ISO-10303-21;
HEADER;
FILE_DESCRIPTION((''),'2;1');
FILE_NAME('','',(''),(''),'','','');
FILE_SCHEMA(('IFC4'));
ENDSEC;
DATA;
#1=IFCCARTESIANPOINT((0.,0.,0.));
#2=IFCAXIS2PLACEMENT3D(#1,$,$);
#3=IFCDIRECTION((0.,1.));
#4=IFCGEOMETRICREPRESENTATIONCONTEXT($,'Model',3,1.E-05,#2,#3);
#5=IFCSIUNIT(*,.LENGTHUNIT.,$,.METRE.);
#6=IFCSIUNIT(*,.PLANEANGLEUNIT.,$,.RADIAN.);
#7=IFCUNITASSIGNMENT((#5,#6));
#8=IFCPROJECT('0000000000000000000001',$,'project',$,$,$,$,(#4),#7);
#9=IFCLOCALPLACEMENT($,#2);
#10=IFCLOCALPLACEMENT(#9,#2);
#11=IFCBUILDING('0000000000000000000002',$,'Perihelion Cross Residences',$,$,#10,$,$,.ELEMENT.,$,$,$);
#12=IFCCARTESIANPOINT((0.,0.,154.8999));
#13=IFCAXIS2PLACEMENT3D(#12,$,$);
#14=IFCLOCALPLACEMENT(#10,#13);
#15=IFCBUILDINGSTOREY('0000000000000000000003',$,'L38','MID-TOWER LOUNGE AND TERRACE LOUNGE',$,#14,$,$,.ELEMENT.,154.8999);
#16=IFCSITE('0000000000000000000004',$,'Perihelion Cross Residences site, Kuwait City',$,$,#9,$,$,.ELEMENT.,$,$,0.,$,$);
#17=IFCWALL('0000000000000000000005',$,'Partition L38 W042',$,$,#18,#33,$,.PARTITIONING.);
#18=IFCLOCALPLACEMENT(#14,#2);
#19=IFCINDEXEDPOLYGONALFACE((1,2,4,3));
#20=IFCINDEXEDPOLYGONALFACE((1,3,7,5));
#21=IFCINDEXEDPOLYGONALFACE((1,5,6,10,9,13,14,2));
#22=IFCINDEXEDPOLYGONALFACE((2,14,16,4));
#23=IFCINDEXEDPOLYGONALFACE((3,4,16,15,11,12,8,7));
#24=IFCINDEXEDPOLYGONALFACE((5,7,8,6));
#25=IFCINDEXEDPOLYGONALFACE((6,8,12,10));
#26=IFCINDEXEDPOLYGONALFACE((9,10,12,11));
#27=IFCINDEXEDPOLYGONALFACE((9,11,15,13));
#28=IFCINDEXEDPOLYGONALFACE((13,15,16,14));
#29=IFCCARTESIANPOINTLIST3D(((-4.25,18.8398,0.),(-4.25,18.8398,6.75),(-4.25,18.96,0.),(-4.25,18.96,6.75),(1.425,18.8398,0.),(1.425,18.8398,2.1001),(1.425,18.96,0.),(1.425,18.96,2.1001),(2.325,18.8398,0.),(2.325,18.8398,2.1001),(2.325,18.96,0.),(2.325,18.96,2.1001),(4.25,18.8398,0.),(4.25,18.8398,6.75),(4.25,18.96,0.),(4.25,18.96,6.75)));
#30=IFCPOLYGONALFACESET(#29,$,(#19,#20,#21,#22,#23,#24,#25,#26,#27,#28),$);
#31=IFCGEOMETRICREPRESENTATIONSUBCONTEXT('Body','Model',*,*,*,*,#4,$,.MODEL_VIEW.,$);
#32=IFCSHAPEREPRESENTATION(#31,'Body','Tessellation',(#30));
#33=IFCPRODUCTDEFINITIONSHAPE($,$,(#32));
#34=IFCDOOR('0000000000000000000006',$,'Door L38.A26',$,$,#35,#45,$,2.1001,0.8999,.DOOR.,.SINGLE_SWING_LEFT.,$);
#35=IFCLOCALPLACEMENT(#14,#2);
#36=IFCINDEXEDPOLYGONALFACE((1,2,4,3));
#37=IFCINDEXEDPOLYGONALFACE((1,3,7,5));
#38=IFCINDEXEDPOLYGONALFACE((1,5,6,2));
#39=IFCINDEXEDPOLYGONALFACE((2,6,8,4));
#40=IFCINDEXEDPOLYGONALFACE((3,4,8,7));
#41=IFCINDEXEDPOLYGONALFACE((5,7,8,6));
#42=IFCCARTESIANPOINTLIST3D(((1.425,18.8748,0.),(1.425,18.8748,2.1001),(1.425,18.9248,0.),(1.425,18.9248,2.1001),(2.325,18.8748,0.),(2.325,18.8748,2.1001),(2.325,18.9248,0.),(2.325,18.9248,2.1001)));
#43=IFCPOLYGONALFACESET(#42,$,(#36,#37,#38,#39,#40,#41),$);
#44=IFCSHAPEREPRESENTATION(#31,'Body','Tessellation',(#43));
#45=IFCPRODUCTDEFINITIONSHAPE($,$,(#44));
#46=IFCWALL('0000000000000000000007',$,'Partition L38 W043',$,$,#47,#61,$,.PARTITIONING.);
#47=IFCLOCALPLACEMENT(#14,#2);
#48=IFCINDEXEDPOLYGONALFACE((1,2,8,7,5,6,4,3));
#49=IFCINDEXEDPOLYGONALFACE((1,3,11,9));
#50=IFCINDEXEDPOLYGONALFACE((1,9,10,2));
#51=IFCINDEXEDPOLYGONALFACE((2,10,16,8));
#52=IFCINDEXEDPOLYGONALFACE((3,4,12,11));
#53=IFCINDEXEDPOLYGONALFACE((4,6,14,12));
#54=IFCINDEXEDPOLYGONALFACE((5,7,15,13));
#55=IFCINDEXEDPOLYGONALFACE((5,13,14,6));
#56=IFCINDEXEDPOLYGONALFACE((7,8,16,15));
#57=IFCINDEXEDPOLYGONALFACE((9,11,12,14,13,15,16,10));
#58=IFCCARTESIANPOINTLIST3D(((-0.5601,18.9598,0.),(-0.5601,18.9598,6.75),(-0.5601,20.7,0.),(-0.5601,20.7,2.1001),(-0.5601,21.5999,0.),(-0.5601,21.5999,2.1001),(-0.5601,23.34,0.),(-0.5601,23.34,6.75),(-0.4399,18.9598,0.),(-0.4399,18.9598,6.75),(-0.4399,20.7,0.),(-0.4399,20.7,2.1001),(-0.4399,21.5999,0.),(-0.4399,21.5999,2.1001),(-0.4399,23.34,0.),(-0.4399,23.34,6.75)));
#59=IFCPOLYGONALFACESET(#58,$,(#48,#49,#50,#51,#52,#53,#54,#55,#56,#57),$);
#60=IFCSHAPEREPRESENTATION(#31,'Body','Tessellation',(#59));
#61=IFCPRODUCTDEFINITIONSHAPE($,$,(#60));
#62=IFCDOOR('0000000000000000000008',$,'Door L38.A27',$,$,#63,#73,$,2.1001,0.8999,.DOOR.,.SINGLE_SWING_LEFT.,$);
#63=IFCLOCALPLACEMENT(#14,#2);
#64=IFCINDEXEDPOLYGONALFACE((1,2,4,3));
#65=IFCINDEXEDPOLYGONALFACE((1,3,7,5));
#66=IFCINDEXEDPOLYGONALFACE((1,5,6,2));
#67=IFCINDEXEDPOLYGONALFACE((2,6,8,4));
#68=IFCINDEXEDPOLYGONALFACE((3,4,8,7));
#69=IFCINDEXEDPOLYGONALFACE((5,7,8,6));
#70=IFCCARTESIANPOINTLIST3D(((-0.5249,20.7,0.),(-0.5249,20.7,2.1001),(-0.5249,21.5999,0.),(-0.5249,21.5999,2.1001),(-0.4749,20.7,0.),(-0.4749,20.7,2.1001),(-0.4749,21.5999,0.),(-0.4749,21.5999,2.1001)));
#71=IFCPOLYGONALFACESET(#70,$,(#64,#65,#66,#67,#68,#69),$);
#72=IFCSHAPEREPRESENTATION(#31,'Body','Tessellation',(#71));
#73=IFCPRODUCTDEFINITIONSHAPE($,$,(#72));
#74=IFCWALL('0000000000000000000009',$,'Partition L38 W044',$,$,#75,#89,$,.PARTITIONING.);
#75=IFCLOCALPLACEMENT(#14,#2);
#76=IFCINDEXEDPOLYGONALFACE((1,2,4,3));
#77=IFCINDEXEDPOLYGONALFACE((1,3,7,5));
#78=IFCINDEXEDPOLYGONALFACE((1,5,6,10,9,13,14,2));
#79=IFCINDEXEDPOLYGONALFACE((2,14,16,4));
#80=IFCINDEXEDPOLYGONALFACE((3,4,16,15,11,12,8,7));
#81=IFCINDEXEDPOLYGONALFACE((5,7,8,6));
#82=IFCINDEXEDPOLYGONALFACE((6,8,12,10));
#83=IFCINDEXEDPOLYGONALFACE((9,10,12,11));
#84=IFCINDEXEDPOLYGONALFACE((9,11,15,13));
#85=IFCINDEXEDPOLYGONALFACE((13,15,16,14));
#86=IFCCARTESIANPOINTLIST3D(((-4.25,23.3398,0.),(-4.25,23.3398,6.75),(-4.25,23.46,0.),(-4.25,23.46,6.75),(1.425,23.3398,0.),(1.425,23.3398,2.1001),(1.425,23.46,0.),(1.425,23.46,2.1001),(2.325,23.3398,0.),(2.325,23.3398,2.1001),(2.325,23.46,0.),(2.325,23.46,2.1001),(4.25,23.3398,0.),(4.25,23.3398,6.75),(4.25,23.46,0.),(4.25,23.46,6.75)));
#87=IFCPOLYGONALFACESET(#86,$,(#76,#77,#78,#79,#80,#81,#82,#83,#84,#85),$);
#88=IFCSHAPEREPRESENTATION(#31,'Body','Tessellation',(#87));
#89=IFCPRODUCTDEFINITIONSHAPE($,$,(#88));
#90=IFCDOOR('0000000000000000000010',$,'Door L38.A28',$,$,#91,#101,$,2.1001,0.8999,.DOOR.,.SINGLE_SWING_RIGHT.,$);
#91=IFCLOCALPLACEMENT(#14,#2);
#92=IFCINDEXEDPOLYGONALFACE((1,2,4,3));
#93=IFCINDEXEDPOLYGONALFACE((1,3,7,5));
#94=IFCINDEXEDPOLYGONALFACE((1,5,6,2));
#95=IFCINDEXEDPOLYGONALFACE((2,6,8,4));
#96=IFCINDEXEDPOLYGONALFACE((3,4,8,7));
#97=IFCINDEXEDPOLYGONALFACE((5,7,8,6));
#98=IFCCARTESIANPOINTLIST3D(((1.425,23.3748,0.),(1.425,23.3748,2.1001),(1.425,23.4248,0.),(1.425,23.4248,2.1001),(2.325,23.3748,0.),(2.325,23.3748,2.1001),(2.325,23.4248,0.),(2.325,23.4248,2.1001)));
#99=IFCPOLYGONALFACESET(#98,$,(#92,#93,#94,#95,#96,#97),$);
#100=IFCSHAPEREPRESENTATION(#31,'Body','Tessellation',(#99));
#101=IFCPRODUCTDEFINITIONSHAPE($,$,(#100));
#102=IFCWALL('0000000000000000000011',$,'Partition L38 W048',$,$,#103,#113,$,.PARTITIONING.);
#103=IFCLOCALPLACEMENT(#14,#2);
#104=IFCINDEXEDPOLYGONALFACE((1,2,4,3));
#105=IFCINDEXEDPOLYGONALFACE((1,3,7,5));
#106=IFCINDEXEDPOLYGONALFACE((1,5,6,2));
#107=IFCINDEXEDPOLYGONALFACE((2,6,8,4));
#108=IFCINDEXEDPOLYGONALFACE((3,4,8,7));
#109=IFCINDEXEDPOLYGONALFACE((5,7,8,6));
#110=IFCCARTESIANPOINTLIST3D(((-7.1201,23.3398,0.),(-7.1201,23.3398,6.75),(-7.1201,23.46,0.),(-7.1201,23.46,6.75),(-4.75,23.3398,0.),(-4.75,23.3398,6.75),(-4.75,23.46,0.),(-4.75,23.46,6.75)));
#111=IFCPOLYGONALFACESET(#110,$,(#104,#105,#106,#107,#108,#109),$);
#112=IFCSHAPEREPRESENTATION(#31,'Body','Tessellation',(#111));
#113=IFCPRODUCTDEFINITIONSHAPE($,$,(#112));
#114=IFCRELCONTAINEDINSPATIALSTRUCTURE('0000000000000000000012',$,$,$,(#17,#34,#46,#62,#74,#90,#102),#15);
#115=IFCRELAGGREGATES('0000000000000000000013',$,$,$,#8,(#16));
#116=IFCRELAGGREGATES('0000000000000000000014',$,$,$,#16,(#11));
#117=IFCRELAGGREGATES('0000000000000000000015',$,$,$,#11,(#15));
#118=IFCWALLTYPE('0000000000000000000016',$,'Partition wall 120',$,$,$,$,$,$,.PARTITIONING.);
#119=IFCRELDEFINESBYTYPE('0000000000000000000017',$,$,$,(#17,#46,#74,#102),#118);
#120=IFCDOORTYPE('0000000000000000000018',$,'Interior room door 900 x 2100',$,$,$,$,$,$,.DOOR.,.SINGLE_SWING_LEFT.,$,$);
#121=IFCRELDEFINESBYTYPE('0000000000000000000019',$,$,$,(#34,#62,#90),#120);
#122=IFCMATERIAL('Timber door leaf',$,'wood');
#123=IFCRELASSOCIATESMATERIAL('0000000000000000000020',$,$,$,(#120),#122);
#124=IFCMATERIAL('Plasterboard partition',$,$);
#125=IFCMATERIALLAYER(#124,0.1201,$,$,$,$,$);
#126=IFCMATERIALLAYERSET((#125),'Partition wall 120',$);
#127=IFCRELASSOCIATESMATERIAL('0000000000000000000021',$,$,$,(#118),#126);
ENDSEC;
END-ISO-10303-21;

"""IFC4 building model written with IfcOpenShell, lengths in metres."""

from ifc_helpers import new_model, si_unit, direction, frame, frame_2d, origin, place, context, subcontext, project, spatial, rectangle, extrude, material, layer, layer_set, type_object, element, fill, save


model = new_model("IFC4")

# Units and contexts
model_context = context("Model", 3, precision=1e-05, world=origin(), true_north=direction((0.0, 1.0)))
body_context = subcontext(model_context, "Body", "Model", "MODEL_VIEW")
ifc_project = project(units=[si_unit("LENGTHUNIT", "METRE"), si_unit("PLANEANGLEUNIT", "RADIAN")], contexts=[model_context])

# Site, building, storey
site_placement = place(None, origin())
site = spatial("IfcSite", under=ifc_project, at=site_placement, Name="Perihelion Cross Residences site, Kuwait City", CompositionType="ELEMENT", RefElevation=0.0)
building_placement = place(site_placement, origin())
building = spatial("IfcBuilding", under=site, at=building_placement, Name="Perihelion Cross Residences", CompositionType="ELEMENT")
storey_placement = place(building_placement, frame((0.0, 0.0, 154.8999)))
storey = spatial("IfcBuildingStorey", under=building, at=storey_placement, Name="L38", Description="MID-TOWER LOUNGE AND TERRACE LOUNGE", CompositionType="ELEMENT", Elevation=154.8999)

# Walls, openings, doors
ifc_material_1 = material(Name="Timber door leaf", Category="wood")
door_type = type_object("IfcDoorType", Name="Interior room door 900 x 2100", OperationType="SINGLE_SWING_LEFT", PredefinedType="DOOR", material=ifc_material_1)
ifc_material_2 = material(Name="Plasterboard partition")
ifc_layer_1 = layer(ifc_material_2, 0.1201)
ifc_layer_set_1 = layer_set([ifc_layer_1], Name="Partition wall 120")
wall_type_1 = type_object("IfcWallType", Name="Partition wall 120", PredefinedType="PARTITIONING", material=ifc_layer_set_1)
wall_1_placement = place(storey_placement, frame((-4.25, 18.8999, 0.0), z_axis=(0.0, 0.0, 1.0), x_axis=(1.0, 0.0, 0.0)))
wall_1 = element("IfcWall", 1, at=wall_1_placement, inside=storey, type_object=wall_type_1, Name="Partition L38 W042", PredefinedType="PARTITIONING", context=body_context, shape_type="SweptSolid", body=[
    extrude(rectangle(XDim=8.5, YDim=0.1201, at=frame_2d((4.25, 0.0))), origin(), (0.0, 0.0, 1.0), 6.75),
])
opening_1_placement = place(wall_1_placement, frame((5.675, 0.0, 0.0)))
opening_1 = element("IfcOpeningElement", 2, at=opening_1_placement, cuts=wall_1, PredefinedType="OPENING", context=body_context, shape_type="SweptSolid", body=[
    extrude(rectangle(XDim=0.8999, YDim=2.1001, at=frame_2d((0.45, 1.05))), frame((0.0, 0.0701, 0.0), z_axis=(0.0, -1.0, 0.0), x_axis=(1.0, 0.0, 0.0)), (0.0, 0.0, 1.0), 0.1401),
])
door_1_placement = place(opening_1_placement, origin())
door_1 = element("IfcDoor", 3, at=door_1_placement, inside=storey, type_object=door_type, Name="Door L38.A26", OperationType="SINGLE_SWING_LEFT", OverallHeight=2.1001, OverallWidth=0.8999, PredefinedType="DOOR", context=body_context, shape_type="SweptSolid", body=[
    extrude(rectangle(XDim=0.8999, YDim=2.1001, at=frame_2d((0.45, 1.05))), frame((0.0, 0.0249, 0.0), z_axis=(0.0, -1.0, 0.0), x_axis=(1.0, 0.0, 0.0)), (0.0, 0.0, 1.0), 0.05),
])
fill(opening_1, door_1)
wall_2_placement = place(storey_placement, frame((-0.5, 18.96, 0.0), z_axis=(0.0, 0.0, 1.0), x_axis=(0.0, 1.0, 0.0)))
wall_2 = element("IfcWall", 4, at=wall_2_placement, inside=storey, type_object=wall_type_1, Name="Partition L38 W043", PredefinedType="PARTITIONING", context=body_context, shape_type="SweptSolid", body=[
    extrude(rectangle(XDim=4.3801, YDim=0.1201, at=frame_2d((2.1899, 0.0))), origin(), (0.0, 0.0, 1.0), 6.75),
])
opening_2_placement = place(wall_2_placement, frame((1.74, 0.0, 0.0)))
opening_2 = element("IfcOpeningElement", 5, at=opening_2_placement, cuts=wall_2, PredefinedType="OPENING", context=body_context, shape_type="SweptSolid", body=[
    extrude(rectangle(XDim=0.8999, YDim=2.1001, at=frame_2d((0.45, 1.05))), frame((0.0, 0.0701, 0.0), z_axis=(0.0, -1.0, 0.0), x_axis=(1.0, 0.0, 0.0)), (0.0, 0.0, 1.0), 0.1401),
])
door_2_placement = place(opening_2_placement, origin())
door_2 = element("IfcDoor", 6, at=door_2_placement, inside=storey, type_object=door_type, Name="Door L38.A27", OperationType="SINGLE_SWING_LEFT", OverallHeight=2.1001, OverallWidth=0.8999, PredefinedType="DOOR", context=body_context, shape_type="SweptSolid", body=[
    extrude(rectangle(XDim=0.8999, YDim=2.1001, at=frame_2d((0.45, 1.05))), frame((0.0, 0.0249, 0.0), z_axis=(0.0, -1.0, 0.0), x_axis=(1.0, 0.0, 0.0)), (0.0, 0.0, 1.0), 0.05),
])
fill(opening_2, door_2)
wall_3_placement = place(storey_placement, frame((-4.25, 23.3999, 0.0), z_axis=(0.0, 0.0, 1.0), x_axis=(1.0, 0.0, 0.0)))
wall_3 = element("IfcWall", 7, at=wall_3_placement, inside=storey, type_object=wall_type_1, Name="Partition L38 W044", PredefinedType="PARTITIONING", context=body_context, shape_type="SweptSolid", body=[
    extrude(rectangle(XDim=8.5, YDim=0.1201, at=frame_2d((4.25, 0.0))), origin(), (0.0, 0.0, 1.0), 6.75),
])
opening_3_placement = place(wall_3_placement, frame((5.675, 0.0, 0.0)))
opening_3 = element("IfcOpeningElement", 8, at=opening_3_placement, cuts=wall_3, PredefinedType="OPENING", context=body_context, shape_type="SweptSolid", body=[
    extrude(rectangle(XDim=0.8999, YDim=2.1001, at=frame_2d((0.45, 1.05))), frame((0.0, 0.0701, 0.0), z_axis=(0.0, -1.0, 0.0), x_axis=(1.0, 0.0, 0.0)), (0.0, 0.0, 1.0), 0.1401),
])
door_3_placement = place(opening_3_placement, origin())
door_3 = element("IfcDoor", 9, at=door_3_placement, inside=storey, type_object=door_type, Name="Door L38.A28", OperationType="SINGLE_SWING_RIGHT", OverallHeight=2.1001, OverallWidth=0.8999, PredefinedType="DOOR", context=body_context, shape_type="SweptSolid", body=[
    extrude(rectangle(XDim=0.8999, YDim=2.1001, at=frame_2d((0.45, 1.05))), frame((0.0, 0.0249, 0.0), z_axis=(0.0, -1.0, 0.0), x_axis=(1.0, 0.0, 0.0)), (0.0, 0.0, 1.0), 0.05),
])
fill(opening_3, door_3)

# Wall
wall_4_placement = place(storey_placement, frame((-7.1201, 23.3999, 0.0), z_axis=(0.0, 0.0, 1.0), x_axis=(1.0, 0.0, 0.0)))
element("IfcWall", 10, at=wall_4_placement, inside=storey, type_object=wall_type_1, Name="Partition L38 W048", PredefinedType="PARTITIONING", context=body_context, shape_type="SweptSolid", body=[
    extrude(rectangle(XDim=2.3701, YDim=0.1201, at=frame_2d((1.1851, 0.0))), origin(), (0.0, 0.0, 1.0), 6.75),
])

save(model, "model.ifc")
